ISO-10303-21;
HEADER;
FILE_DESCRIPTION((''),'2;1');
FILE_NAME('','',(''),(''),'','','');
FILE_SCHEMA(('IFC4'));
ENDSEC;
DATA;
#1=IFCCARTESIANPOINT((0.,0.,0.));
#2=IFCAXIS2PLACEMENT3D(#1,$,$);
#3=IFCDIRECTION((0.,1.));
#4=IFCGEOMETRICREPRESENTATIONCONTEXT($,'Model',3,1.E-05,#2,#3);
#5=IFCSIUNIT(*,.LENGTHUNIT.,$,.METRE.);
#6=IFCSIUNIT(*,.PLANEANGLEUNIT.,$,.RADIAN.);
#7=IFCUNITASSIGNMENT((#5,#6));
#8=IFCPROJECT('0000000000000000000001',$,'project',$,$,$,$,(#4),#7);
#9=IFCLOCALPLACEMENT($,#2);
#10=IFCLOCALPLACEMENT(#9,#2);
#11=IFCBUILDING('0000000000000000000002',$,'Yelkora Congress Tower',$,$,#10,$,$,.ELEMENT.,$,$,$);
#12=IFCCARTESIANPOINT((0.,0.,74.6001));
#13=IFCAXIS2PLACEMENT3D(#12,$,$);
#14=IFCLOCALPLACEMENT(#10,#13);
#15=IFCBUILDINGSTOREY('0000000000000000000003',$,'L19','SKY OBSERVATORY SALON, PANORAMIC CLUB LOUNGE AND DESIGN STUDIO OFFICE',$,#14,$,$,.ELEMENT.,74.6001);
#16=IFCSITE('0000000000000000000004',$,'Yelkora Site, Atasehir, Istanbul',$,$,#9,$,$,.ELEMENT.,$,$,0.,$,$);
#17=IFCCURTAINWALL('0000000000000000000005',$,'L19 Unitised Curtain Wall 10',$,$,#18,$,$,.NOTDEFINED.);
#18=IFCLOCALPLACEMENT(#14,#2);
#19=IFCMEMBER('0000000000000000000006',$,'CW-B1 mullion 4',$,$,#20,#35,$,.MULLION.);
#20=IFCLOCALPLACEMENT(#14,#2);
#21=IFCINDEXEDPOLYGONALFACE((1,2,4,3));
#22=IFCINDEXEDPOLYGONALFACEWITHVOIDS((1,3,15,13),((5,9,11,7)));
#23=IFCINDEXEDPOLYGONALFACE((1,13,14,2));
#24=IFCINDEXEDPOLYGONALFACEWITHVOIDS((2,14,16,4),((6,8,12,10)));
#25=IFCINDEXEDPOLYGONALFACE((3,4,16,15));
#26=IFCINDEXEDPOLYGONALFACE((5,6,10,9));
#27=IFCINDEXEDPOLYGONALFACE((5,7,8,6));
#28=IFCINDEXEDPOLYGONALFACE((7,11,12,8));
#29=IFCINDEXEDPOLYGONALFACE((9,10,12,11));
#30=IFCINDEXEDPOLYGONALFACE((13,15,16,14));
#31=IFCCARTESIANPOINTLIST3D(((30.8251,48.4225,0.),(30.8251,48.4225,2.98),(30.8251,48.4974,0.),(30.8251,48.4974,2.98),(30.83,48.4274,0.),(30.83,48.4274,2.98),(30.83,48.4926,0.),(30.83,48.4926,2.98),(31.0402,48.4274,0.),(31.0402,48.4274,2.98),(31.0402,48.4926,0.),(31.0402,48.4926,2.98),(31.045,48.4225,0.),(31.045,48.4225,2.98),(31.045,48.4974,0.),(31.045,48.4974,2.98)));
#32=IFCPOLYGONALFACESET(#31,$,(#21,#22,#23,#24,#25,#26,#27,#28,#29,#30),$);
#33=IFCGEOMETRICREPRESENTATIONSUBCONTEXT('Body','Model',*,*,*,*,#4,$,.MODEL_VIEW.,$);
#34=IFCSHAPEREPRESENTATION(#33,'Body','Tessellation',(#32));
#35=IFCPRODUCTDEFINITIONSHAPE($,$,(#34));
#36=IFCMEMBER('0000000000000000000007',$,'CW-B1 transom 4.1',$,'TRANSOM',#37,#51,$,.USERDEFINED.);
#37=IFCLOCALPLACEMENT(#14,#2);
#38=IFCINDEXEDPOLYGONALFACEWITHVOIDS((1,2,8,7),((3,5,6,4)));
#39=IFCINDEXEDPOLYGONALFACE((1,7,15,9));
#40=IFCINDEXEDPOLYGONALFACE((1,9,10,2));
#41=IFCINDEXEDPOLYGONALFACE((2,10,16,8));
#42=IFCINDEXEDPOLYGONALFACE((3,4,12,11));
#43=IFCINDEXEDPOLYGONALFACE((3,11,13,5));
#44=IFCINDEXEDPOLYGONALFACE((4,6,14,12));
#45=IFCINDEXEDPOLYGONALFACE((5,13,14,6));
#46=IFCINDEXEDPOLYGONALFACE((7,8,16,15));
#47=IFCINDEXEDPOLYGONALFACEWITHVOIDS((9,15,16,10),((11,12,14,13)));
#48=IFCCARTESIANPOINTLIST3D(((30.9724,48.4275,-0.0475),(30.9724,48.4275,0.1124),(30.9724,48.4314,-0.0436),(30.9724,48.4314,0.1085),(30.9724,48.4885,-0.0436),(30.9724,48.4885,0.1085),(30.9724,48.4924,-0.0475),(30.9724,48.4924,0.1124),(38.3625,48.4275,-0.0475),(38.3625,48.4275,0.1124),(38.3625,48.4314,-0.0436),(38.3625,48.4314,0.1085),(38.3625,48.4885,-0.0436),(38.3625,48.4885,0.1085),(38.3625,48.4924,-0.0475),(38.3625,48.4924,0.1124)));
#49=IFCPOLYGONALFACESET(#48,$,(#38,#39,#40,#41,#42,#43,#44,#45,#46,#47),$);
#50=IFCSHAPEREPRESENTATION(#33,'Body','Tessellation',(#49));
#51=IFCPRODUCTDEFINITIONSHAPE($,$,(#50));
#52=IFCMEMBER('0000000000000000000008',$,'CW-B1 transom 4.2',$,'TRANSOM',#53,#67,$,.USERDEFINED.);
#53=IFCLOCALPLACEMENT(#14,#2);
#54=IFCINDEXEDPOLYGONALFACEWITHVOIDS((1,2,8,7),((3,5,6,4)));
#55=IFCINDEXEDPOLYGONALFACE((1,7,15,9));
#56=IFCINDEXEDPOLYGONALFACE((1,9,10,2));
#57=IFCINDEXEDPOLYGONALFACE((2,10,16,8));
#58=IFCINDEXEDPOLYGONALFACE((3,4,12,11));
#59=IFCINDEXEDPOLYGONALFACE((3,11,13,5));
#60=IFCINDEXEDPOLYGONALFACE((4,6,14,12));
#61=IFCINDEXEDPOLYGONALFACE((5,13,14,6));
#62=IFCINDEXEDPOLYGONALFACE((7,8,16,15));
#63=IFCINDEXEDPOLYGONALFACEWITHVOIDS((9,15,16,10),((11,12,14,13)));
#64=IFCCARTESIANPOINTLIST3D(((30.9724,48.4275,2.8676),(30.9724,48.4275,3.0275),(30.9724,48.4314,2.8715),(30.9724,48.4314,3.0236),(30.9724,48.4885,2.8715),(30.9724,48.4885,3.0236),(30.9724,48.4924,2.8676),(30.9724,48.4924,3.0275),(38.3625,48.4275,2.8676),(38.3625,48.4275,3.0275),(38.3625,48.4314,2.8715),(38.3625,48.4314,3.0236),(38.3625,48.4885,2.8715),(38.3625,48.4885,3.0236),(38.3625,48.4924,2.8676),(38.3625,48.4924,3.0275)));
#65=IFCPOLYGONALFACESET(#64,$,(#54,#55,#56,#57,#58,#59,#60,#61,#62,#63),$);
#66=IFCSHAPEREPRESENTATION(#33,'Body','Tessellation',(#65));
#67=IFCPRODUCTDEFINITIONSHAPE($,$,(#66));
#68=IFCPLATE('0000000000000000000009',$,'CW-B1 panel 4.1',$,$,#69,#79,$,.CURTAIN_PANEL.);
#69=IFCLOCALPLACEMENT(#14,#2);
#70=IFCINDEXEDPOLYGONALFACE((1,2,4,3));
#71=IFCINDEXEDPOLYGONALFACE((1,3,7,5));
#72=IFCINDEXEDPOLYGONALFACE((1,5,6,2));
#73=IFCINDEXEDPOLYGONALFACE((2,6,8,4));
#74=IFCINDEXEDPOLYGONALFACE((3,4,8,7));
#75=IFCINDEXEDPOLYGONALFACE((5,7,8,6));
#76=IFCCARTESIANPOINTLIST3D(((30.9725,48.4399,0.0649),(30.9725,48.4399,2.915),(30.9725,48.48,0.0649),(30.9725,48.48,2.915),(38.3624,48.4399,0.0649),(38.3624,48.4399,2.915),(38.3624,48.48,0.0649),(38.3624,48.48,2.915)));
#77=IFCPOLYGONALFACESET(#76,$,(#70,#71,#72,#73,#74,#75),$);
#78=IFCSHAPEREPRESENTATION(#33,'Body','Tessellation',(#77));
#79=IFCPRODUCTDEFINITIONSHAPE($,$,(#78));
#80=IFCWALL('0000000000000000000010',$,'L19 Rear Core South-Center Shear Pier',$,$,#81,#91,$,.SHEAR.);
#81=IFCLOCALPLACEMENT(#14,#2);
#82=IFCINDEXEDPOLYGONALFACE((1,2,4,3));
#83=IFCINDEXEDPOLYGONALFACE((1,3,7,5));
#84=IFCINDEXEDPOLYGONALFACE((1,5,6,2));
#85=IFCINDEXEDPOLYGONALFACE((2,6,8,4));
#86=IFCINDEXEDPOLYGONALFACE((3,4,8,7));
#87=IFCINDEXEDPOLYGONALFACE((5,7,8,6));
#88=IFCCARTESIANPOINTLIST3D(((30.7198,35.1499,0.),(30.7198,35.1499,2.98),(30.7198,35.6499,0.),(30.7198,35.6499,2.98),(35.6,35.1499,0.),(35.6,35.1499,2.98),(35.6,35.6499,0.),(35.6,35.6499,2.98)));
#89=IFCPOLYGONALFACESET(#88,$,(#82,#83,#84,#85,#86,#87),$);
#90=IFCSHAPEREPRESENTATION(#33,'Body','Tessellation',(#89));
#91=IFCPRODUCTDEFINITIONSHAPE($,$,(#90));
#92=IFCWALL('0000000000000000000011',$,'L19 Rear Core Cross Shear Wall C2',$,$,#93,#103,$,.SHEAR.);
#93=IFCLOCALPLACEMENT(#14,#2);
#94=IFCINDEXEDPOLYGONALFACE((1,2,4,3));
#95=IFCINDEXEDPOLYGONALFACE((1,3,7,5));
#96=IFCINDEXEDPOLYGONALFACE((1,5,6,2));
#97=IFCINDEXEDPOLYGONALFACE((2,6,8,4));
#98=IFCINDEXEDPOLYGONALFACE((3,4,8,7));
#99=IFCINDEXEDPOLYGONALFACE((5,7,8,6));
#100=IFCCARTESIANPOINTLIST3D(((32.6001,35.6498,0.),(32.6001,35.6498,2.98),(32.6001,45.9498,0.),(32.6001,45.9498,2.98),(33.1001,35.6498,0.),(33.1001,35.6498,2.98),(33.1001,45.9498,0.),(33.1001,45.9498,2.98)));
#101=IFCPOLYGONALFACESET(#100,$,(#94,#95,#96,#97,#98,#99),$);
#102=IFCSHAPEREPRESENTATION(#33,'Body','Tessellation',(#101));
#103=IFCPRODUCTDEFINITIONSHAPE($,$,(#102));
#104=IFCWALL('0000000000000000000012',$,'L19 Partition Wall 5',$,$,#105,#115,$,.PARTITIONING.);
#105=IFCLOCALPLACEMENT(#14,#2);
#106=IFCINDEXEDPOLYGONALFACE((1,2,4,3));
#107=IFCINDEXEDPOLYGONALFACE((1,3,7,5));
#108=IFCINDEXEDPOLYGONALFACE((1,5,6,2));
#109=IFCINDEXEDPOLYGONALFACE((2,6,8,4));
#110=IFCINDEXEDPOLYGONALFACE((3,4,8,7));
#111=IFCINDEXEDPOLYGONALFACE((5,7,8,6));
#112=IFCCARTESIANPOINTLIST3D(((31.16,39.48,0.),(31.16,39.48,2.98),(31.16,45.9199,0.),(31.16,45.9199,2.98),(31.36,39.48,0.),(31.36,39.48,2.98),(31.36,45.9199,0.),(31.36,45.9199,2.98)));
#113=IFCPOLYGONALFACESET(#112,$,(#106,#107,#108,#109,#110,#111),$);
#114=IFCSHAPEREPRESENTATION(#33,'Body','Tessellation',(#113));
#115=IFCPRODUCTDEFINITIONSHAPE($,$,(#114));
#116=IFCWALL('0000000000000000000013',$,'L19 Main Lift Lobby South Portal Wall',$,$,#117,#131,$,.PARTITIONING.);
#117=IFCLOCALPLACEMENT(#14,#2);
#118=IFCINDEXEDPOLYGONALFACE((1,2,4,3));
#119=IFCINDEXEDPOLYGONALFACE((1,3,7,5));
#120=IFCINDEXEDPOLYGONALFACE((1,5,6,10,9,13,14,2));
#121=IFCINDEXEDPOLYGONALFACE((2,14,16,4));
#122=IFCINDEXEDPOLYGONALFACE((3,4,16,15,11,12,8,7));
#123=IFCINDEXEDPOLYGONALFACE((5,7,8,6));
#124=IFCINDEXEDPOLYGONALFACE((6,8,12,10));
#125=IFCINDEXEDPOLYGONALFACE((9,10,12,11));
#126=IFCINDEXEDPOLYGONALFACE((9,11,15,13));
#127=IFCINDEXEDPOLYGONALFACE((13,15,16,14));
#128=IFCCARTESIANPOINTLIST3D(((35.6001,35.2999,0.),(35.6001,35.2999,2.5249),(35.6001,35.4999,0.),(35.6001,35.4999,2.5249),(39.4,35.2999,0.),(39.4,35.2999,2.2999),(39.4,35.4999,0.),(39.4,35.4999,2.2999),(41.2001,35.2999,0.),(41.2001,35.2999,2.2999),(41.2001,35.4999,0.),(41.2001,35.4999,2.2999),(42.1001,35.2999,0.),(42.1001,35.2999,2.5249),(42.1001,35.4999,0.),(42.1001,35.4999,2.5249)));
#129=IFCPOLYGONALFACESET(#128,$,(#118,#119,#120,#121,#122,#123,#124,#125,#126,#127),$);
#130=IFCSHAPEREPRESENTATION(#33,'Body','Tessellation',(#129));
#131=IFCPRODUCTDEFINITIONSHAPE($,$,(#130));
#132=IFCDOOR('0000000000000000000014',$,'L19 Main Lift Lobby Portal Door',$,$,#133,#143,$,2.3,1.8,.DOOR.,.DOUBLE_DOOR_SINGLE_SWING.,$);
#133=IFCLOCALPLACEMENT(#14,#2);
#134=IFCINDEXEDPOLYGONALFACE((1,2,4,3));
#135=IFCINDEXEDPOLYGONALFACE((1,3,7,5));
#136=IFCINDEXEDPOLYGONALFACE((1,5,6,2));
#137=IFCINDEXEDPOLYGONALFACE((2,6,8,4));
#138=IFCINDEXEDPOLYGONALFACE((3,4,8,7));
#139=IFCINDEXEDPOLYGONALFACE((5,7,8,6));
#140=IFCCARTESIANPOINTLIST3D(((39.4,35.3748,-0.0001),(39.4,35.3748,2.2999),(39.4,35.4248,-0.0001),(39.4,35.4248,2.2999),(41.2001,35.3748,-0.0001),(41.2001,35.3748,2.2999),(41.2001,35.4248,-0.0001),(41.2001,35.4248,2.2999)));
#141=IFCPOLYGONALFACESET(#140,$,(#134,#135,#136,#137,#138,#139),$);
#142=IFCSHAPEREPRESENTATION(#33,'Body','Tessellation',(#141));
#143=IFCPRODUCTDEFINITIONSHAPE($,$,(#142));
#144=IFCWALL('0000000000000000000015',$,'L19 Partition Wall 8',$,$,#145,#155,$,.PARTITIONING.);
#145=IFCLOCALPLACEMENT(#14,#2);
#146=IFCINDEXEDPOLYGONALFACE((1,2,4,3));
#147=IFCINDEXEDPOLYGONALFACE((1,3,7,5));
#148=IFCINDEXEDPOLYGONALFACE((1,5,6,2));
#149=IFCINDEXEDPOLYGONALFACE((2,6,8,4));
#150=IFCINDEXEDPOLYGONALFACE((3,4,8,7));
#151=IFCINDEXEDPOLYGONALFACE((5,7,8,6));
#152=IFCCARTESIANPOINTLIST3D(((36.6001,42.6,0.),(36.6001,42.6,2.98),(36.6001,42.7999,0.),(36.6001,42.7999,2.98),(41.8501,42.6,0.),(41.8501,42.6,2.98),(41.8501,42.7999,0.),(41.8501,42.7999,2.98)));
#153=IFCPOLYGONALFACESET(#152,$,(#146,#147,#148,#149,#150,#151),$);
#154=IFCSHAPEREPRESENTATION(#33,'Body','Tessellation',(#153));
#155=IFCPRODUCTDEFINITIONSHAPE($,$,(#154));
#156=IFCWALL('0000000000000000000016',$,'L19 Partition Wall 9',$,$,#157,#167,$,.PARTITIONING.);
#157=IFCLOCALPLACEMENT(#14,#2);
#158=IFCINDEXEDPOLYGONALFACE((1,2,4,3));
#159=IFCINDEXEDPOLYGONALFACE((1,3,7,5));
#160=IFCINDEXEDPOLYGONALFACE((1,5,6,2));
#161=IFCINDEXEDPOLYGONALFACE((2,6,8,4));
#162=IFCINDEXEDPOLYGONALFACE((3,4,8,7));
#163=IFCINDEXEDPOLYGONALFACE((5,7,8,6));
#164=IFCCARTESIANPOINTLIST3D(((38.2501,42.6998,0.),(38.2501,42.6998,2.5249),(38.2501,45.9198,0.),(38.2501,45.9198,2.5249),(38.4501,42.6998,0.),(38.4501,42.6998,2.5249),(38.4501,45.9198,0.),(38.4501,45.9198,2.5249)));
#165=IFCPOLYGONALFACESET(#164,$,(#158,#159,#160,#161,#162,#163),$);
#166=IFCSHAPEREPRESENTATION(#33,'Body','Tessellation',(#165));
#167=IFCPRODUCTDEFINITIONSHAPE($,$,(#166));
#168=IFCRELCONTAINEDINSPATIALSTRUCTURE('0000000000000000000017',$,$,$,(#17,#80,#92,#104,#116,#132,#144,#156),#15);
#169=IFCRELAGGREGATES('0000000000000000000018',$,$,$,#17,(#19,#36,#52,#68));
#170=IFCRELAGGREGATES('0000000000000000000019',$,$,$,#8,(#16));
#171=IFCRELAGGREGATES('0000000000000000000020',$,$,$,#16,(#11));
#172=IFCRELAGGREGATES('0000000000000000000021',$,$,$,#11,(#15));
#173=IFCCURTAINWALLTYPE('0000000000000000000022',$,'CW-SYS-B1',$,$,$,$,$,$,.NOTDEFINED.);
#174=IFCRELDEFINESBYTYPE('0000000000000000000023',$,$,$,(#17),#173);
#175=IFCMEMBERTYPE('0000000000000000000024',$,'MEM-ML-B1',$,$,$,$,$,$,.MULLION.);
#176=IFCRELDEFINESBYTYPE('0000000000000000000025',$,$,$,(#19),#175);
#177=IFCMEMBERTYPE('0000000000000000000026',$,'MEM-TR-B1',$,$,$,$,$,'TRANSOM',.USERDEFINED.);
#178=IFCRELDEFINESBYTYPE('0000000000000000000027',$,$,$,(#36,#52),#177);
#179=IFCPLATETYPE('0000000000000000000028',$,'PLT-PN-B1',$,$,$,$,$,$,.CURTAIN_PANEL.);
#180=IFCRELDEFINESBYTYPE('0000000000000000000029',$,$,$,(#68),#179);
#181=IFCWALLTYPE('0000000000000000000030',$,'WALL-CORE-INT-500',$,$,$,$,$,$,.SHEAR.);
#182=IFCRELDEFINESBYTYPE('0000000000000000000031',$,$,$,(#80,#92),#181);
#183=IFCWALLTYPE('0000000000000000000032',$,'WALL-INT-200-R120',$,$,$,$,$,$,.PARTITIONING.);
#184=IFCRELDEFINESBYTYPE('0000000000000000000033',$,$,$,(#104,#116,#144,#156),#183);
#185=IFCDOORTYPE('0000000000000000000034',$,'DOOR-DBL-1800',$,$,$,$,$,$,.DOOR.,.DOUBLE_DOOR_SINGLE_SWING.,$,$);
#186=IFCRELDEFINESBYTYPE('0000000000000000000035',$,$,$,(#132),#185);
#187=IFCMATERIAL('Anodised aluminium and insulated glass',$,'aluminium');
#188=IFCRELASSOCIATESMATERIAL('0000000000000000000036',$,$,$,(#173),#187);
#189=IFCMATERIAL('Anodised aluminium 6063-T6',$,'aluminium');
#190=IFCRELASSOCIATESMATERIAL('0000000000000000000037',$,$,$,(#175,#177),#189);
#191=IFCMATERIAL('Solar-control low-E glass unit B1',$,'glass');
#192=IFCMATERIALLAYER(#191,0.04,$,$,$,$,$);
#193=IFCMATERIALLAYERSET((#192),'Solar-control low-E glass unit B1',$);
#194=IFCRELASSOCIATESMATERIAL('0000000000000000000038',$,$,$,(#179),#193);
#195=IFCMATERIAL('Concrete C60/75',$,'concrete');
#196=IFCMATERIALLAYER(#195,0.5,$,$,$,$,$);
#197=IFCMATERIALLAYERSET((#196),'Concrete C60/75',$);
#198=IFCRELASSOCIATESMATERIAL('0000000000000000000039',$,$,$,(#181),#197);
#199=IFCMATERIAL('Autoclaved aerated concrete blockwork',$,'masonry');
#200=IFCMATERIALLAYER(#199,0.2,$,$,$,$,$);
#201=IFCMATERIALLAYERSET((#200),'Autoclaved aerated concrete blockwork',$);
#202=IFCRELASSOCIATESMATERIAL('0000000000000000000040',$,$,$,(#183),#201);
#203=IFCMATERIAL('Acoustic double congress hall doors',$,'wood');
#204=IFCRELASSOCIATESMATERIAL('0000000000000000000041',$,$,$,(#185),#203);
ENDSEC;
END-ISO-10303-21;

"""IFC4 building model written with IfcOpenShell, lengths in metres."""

from ifc_helpers import new_model, si_unit, direction, frame, frame_2d, origin, origin_2d, place, context, subcontext, project, spatial, rectangle, hollow_rectangle, extrude, material, layer, layer_set, material_profile, profile_set, type_object, element, fill, aggregate, save


model = new_model("IFC4")

# Units and contexts
model_context = context("Model", 3, precision=1e-05, world=origin(), true_north=direction((0.0, 1.0)))
body_context = subcontext(model_context, "Body", "Model", "MODEL_VIEW")
ifc_project = project(units=[si_unit("LENGTHUNIT", "METRE"), si_unit("PLANEANGLEUNIT", "RADIAN")], contexts=[model_context])

# Site, building, storey
site_placement = place(None, origin())
site = spatial("IfcSite", under=ifc_project, at=site_placement, Name="Yelkora Site, Atasehir, Istanbul", CompositionType="ELEMENT", RefElevation=0.0)
building_placement = place(site_placement, origin())
building = spatial("IfcBuilding", under=site, at=building_placement, Name="Yelkora Congress Tower", CompositionType="ELEMENT")
storey_placement = place(building_placement, frame((0.0, 0.0, 74.6001)))
storey = spatial("IfcBuildingStorey", under=building, at=storey_placement, Name="L19", Description="SKY OBSERVATORY SALON, PANORAMIC CLUB LOUNGE AND DESIGN STUDIO OFFICE", CompositionType="ELEMENT", Elevation=74.6001)

# Shared definitions
ifc_material_1 = material(Name="Concrete C60/75", Category="concrete")

# Curtain wall, members, plate
ifc_material_2 = material(Name="Anodised aluminium and insulated glass", Category="aluminium")
curtain_wall_type = type_object("IfcCurtainWallType", Name="CW-SYS-B1", PredefinedType="NOTDEFINED", material=ifc_material_2)
curtain_wall_placement = place(storey_placement, origin())
curtain_wall = element("IfcCurtainWall", 1, at=curtain_wall_placement, inside=storey, type_object=curtain_wall_type, Name="L19 Unitised Curtain Wall 10", PredefinedType="NOTDEFINED")
ifc_material_3 = material(Name="Anodised aluminium 6063-T6", Category="aluminium")
ifc_material_profile_1 = material_profile(ifc_material_3, hollow_rectangle(XDim=0.075, YDim=0.22, WallThickness=0.0049, at=origin_2d()), Name="ALU 75x220x5")
ifc_profile_set_1 = profile_set([ifc_material_profile_1], Name="Anodised aluminium 6063-T6")
member_type_1 = type_object("IfcMemberType", Name="MEM-ML-B1", PredefinedType="MULLION", material=ifc_profile_set_1)
member_1_placement = place(storey_placement, frame((30.9351, 48.46, 0.0), z_axis=(0.0, 0.0, 1.0), x_axis=(0.0, 1.0, 0.0)))
member_1 = element("IfcMember", 2, at=member_1_placement, type_object=member_type_1, Name="CW-B1 mullion 4", PredefinedType="MULLION", context=body_context, shape_type="SweptSolid", body=[
    extrude(hollow_rectangle(XDim=0.075, YDim=0.22, WallThickness=0.0049, at=origin_2d()), origin(), (0.0, 0.0, 1.0), 2.98),
])
ifc_material_profile_2 = material_profile(ifc_material_3, hollow_rectangle(XDim=0.0649, YDim=0.1599, WallThickness=0.0039, at=origin_2d()), Name="ALU 65x160x4")
ifc_profile_set_2 = profile_set([ifc_material_profile_2], Name="Anodised aluminium 6063-T6")
member_type_2 = type_object("IfcMemberType", Name="MEM-TR-B1", ElementType="TRANSOM", PredefinedType="USERDEFINED", material=ifc_profile_set_2)
member_2_placement = place(storey_placement, frame((30.9724, 48.46, 0.0325), z_axis=(1.0, 0.0, 0.0), x_axis=(0.0, 1.0, 0.0)))
member_2 = element("IfcMember", 3, at=member_2_placement, type_object=member_type_2, Name="CW-B1 transom 4.1", ObjectType="TRANSOM", PredefinedType="USERDEFINED", context=body_context, shape_type="SweptSolid", body=[
    extrude(hollow_rectangle(XDim=0.0649, YDim=0.1599, WallThickness=0.0039, at=origin_2d()), origin(), (0.0, 0.0, 1.0), 7.3901),
])
member_3_placement = place(storey_placement, frame((30.9724, 48.46, 2.9475), z_axis=(1.0, 0.0, 0.0), x_axis=(0.0, 1.0, 0.0)))
member_3 = element("IfcMember", 4, at=member_3_placement, type_object=member_type_2, Name="CW-B1 transom 4.2", ObjectType="TRANSOM", PredefinedType="USERDEFINED", context=body_context, shape_type="SweptSolid", body=[
    extrude(hollow_rectangle(XDim=0.0649, YDim=0.1599, WallThickness=0.0039, at=origin_2d()), origin(), (0.0, 0.0, 1.0), 7.3901),
])
ifc_material_4 = material(Name="Solar-control low-E glass unit B1", Category="glass")
ifc_layer_1 = layer(ifc_material_4, 0.04)
ifc_layer_set_1 = layer_set([ifc_layer_1], Name="Solar-control low-E glass unit B1")
plate_type = type_object("IfcPlateType", Name="PLT-PN-B1", PredefinedType="CURTAIN_PANEL", material=ifc_layer_set_1)
plate_placement = place(storey_placement, frame((34.6675, 48.46, 0.0649), z_axis=(0.0, 0.0, 1.0), x_axis=(1.0, 0.0, 0.0)))
plate = element("IfcPlate", 5, at=plate_placement, type_object=plate_type, Name="CW-B1 panel 4.1", PredefinedType="CURTAIN_PANEL", context=body_context, shape_type="SweptSolid", body=[
    extrude(rectangle(XDim=7.3899, YDim=0.04, at=origin_2d()), origin(), (0.0, 0.0, 1.0), 2.8501),
])
aggregate(curtain_wall, [member_1, member_2, member_3, plate])

# Walls
ifc_layer_2 = layer(ifc_material_1, 0.5)
ifc_layer_set_2 = layer_set([ifc_layer_2], Name="Concrete C60/75")
wall_type_1 = type_object("IfcWallType", Name="WALL-CORE-INT-500", PredefinedType="SHEAR", material=ifc_layer_set_2)
wall_1_placement = place(storey_placement, frame((30.72, 35.3999, 0.0), z_axis=(0.0, 0.0, 1.0), x_axis=(1.0, 0.0, 0.0)))
element("IfcWall", 6, at=wall_1_placement, inside=storey, type_object=wall_type_1, Name="L19 Rear Core South-Center Shear Pier", PredefinedType="SHEAR", context=body_context, shape_type="SweptSolid", body=[
    extrude(rectangle(XDim=4.8801, YDim=0.5, at=frame_2d((2.4399, 0.0))), origin(), (0.0, 0.0, 1.0), 2.98),
])
wall_2_placement = place(storey_placement, frame((32.8501, 35.6499, 0.0), z_axis=(0.0, 0.0, 1.0), x_axis=(0.0, 1.0, 0.0)))
element("IfcWall", 7, at=wall_2_placement, inside=storey, type_object=wall_type_1, Name="L19 Rear Core Cross Shear Wall C2", PredefinedType="SHEAR", context=body_context, shape_type="SweptSolid", body=[
    extrude(rectangle(XDim=10.3, YDim=0.5, at=frame_2d((5.1499, 0.0))), origin(), (0.0, 0.0, 1.0), 2.98),
])
ifc_material_5 = material(Name="Autoclaved aerated concrete blockwork", Category="masonry")
ifc_layer_3 = layer(ifc_material_5, 0.2)
ifc_layer_set_3 = layer_set([ifc_layer_3], Name="Autoclaved aerated concrete blockwork")
wall_type_2 = type_object("IfcWallType", Name="WALL-INT-200-R120", PredefinedType="PARTITIONING", material=ifc_layer_set_3)
wall_3_placement = place(storey_placement, frame((31.26, 39.48, 0.0), z_axis=(0.0, 0.0, 1.0), x_axis=(0.0, 1.0, 0.0)))
element("IfcWall", 8, at=wall_3_placement, inside=storey, type_object=wall_type_2, Name="L19 Partition Wall 5", PredefinedType="PARTITIONING", context=body_context, shape_type="SweptSolid", body=[
    extrude(rectangle(XDim=6.4399, YDim=0.2, at=frame_2d((3.22, 0.0))), origin(), (0.0, 0.0, 1.0), 2.98),
])

# Wall, opening, door
wall_4_placement = place(storey_placement, frame((35.6001, 35.3999, 0.0), z_axis=(0.0, 0.0, 1.0), x_axis=(1.0, 0.0, 0.0)))
wall_4 = element("IfcWall", 9, at=wall_4_placement, inside=storey, type_object=wall_type_2, Name="L19 Main Lift Lobby South Portal Wall", PredefinedType="PARTITIONING", context=body_context, shape_type="SweptSolid", body=[
    extrude(rectangle(XDim=6.5, YDim=0.2, at=frame_2d((3.25, 0.0))), origin(), (0.0, 0.0, 1.0), 2.5249),
])
opening_1_placement = place(wall_4_placement, frame((3.8, 0.0, 0.0)))
opening_1 = element("IfcOpeningElement", 10, at=opening_1_placement, cuts=wall_4, PredefinedType="OPENING", context=body_context, shape_type="SweptSolid", body=[
    extrude(rectangle(XDim=1.8, YDim=2.3, at=frame_2d((0.8999, 1.1499))), frame((0.0, 0.1099, 0.0), z_axis=(0.0, -1.0, 0.0), x_axis=(1.0, 0.0, 0.0)), (0.0, 0.0, 1.0), 0.22),
])
ifc_material_6 = material(Name="Acoustic double congress hall doors", Category="wood")
door_type_1 = type_object("IfcDoorType", Name="DOOR-DBL-1800", OperationType="DOUBLE_DOOR_SINGLE_SWING", PredefinedType="DOOR", material=ifc_material_6)
door_1_placement = place(opening_1_placement, origin())
door_1 = element("IfcDoor", 11, at=door_1_placement, inside=storey, type_object=door_type_1, Name="L19 Main Lift Lobby Portal Door", OperationType="DOUBLE_DOOR_SINGLE_SWING", OverallHeight=2.3, OverallWidth=1.8, PredefinedType="DOOR", context=body_context, shape_type="SweptSolid", body=[
    extrude(rectangle(XDim=1.8, YDim=2.3, at=frame_2d((0.8999, 1.1499))), frame((0.0, 0.0249, 0.0), z_axis=(0.0, -1.0, 0.0), x_axis=(1.0, 0.0, 0.0)), (0.0, 0.0, 1.0), 0.05),
])
fill(opening_1, door_1)

# Walls
wall_5_placement = place(storey_placement, frame((36.6001, 42.7, 0.0), z_axis=(0.0, 0.0, 1.0), x_axis=(1.0, 0.0, 0.0)))
element("IfcWall", 12, at=wall_5_placement, inside=storey, type_object=wall_type_2, Name="L19 Partition Wall 8", PredefinedType="PARTITIONING", context=body_context, shape_type="SweptSolid", body=[
    extrude(rectangle(XDim=5.25, YDim=0.2, at=frame_2d((2.625, 0.0))), origin(), (0.0, 0.0, 1.0), 2.98),
])
wall_6_placement = place(storey_placement, frame((38.3501, 42.7, 0.0), z_axis=(0.0, 0.0, 1.0), x_axis=(0.0, 1.0, 0.0)))
element("IfcWall", 13, at=wall_6_placement, inside=storey, type_object=wall_type_2, Name="L19 Partition Wall 9", PredefinedType="PARTITIONING", context=body_context, shape_type="SweptSolid", body=[
    extrude(rectangle(XDim=3.22, YDim=0.2, at=frame_2d((1.6099, 0.0))), origin(), (0.0, 0.0, 1.0), 2.5249),
])

save(model, "model.ifc")
